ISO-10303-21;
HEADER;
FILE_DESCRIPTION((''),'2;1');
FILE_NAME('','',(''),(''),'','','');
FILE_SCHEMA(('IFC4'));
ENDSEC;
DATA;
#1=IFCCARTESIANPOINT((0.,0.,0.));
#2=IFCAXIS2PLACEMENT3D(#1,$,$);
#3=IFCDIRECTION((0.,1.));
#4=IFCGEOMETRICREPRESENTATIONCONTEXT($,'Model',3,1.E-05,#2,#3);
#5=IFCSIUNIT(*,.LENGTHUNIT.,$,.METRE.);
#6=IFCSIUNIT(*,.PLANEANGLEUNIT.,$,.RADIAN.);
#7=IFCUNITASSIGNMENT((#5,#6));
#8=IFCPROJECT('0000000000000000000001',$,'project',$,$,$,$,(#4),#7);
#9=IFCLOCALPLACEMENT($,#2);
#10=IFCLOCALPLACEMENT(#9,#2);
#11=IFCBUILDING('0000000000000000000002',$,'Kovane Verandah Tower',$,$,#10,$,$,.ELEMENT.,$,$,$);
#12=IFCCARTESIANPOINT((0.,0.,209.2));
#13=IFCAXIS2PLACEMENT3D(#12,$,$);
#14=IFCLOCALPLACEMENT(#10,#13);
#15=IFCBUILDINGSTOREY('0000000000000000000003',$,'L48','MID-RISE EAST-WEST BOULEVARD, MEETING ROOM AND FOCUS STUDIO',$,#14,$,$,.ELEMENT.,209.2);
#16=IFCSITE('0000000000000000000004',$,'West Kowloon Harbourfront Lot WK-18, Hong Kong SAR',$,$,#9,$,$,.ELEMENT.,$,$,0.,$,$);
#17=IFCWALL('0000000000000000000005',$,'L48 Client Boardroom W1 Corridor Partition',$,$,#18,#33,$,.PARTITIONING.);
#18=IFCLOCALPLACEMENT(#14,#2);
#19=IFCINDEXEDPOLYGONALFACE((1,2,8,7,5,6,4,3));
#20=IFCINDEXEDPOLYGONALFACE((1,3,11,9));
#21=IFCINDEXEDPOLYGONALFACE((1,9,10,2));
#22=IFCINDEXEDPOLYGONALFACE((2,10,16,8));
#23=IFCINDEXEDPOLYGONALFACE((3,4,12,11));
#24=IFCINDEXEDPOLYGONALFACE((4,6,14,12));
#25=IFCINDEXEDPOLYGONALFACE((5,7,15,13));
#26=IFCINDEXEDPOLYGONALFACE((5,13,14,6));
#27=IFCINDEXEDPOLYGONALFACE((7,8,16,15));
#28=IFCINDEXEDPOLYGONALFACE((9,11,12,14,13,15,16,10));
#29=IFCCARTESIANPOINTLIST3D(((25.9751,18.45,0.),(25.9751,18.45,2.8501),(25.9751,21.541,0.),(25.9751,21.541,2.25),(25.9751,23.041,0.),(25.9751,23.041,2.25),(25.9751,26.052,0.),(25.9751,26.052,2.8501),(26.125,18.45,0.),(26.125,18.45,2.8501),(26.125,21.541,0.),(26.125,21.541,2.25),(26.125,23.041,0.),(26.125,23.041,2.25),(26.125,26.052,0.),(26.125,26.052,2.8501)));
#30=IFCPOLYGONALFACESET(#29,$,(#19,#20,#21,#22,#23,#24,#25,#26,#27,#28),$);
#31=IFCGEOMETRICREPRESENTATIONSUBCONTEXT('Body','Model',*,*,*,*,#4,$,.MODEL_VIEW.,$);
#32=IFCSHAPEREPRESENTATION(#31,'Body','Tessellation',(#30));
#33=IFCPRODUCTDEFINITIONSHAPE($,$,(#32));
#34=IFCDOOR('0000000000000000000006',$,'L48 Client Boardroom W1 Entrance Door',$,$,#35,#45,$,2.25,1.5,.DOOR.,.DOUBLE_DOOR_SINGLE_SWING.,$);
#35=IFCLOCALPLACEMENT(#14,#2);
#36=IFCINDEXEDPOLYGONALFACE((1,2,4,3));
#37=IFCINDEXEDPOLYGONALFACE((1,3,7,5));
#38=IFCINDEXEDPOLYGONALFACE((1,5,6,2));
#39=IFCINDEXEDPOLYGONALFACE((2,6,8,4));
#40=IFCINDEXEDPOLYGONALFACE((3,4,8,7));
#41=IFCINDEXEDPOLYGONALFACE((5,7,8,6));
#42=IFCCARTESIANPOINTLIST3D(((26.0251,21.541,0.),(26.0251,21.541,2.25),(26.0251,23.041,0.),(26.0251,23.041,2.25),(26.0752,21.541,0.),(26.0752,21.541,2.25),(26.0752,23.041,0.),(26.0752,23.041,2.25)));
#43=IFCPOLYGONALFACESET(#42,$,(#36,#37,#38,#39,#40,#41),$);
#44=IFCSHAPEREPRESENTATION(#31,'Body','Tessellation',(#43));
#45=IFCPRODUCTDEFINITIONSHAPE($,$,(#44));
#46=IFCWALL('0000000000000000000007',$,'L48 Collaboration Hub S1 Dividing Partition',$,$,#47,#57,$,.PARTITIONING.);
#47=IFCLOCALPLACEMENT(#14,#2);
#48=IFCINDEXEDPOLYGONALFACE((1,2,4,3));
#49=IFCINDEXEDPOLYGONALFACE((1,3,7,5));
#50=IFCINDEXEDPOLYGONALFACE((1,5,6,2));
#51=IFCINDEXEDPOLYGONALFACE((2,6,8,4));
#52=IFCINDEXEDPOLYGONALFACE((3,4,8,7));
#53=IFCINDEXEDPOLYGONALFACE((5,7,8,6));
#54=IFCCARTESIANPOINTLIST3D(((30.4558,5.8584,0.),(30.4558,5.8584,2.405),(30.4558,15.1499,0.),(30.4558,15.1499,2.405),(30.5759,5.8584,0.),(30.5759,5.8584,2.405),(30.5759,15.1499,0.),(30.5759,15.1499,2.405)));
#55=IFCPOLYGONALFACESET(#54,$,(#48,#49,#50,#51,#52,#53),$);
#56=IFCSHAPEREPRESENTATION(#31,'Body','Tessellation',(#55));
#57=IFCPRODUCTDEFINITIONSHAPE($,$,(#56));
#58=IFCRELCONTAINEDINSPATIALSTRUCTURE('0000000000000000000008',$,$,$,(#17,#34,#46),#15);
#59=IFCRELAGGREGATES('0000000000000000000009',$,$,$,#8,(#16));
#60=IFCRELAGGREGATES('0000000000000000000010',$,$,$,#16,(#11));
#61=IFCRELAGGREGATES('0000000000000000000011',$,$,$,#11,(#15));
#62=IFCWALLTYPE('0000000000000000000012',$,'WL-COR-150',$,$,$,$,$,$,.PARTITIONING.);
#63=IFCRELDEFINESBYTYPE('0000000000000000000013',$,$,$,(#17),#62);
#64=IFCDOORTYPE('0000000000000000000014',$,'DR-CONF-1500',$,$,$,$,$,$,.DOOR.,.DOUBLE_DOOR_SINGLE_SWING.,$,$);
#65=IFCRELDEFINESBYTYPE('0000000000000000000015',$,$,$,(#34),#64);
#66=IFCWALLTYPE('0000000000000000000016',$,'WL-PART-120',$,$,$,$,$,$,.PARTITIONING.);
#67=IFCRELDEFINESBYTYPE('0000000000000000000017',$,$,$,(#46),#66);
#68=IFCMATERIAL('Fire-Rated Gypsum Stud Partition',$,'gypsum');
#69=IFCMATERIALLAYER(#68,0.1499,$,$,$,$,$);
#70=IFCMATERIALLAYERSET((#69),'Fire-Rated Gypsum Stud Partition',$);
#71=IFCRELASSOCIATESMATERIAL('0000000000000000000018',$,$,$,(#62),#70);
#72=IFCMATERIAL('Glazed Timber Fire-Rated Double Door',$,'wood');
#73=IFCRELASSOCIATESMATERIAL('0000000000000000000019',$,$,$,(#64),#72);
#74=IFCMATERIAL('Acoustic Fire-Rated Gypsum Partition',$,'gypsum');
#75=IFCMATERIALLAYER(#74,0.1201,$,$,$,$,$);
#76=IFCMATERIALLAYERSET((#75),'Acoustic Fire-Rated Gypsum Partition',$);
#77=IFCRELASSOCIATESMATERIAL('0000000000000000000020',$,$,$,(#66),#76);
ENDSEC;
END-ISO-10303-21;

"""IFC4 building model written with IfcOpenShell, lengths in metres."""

from ifc_helpers import new_model, si_unit, direction, frame, frame_2d, origin, place, context, subcontext, project, spatial, rectangle, extrude, material, layer, layer_set, type_object, element, fill, save


model = new_model("IFC4")

# Units and contexts
model_context = context("Model", 3, precision=1e-05, world=origin(), true_north=direction((0.0, 1.0)))
body_context = subcontext(model_context, "Body", "Model", "MODEL_VIEW")
ifc_project = project(units=[si_unit("LENGTHUNIT", "METRE"), si_unit("PLANEANGLEUNIT", "RADIAN")], contexts=[model_context])

# Site, building, storey
site_placement = place(None, origin())
site = spatial("IfcSite", under=ifc_project, at=site_placement, Name="West Kowloon Harbourfront Lot WK-18, Hong Kong SAR", CompositionType="ELEMENT", RefElevation=0.0)
building_placement = place(site_placement, origin())
building = spatial("IfcBuilding", under=site, at=building_placement, Name="Kovane Verandah Tower", CompositionType="ELEMENT")
storey_placement = place(building_placement, frame((0.0, 0.0, 209.2)))
storey = spatial("IfcBuildingStorey", under=building, at=storey_placement, Name="L48", Description="MID-RISE EAST-WEST BOULEVARD, MEETING ROOM AND FOCUS STUDIO", CompositionType="ELEMENT", Elevation=209.2)

# Wall, opening, door
ifc_material_1 = material(Name="Fire-Rated Gypsum Stud Partition", Category="gypsum")
ifc_layer_1 = layer(ifc_material_1, 0.1499)
ifc_layer_set_1 = layer_set([ifc_layer_1], Name="Fire-Rated Gypsum Stud Partition")
wall_type_1 = type_object("IfcWallType", Name="WL-COR-150", PredefinedType="PARTITIONING", material=ifc_layer_set_1)
wall_1_placement = place(storey_placement, frame((26.05, 18.45, 0.0), z_axis=(0.0, 0.0, 1.0), x_axis=(0.0, 1.0, 0.0)))
wall_1 = element("IfcWall", 1, at=wall_1_placement, inside=storey, type_object=wall_type_1, Name="L48 Client Boardroom W1 Corridor Partition", PredefinedType="PARTITIONING", context=body_context, shape_type="SweptSolid", body=[
    extrude(rectangle(XDim=7.6021, YDim=0.1499, at=frame_2d((3.801, 0.0))), origin(), (0.0, 0.0, 1.0), 2.8501),
])
opening_1_placement = place(wall_1_placement, frame((3.0911, 0.0, 0.0)))
opening_1 = element("IfcOpeningElement", 2, at=opening_1_placement, cuts=wall_1, PredefinedType="OPENING", context=body_context, shape_type="SweptSolid", body=[
    extrude(rectangle(XDim=1.5, YDim=2.25, at=frame_2d((0.75, 1.125))), frame((0.0, 0.075, 0.0), z_axis=(0.0, -1.0, 0.0), x_axis=(1.0, 0.0, 0.0)), (0.0, 0.0, 1.0), 0.1499),
])
ifc_material_2 = material(Name="Glazed Timber Fire-Rated Double Door", Category="wood")
door_type_1 = type_object("IfcDoorType", Name="DR-CONF-1500", OperationType="DOUBLE_DOOR_SINGLE_SWING", PredefinedType="DOOR", material=ifc_material_2)
door_1_placement = place(opening_1_placement, origin())
door_1 = element("IfcDoor", 3, at=door_1_placement, inside=storey, type_object=door_type_1, Name="L48 Client Boardroom W1 Entrance Door", OperationType="DOUBLE_DOOR_SINGLE_SWING", OverallHeight=2.25, OverallWidth=1.5, PredefinedType="DOOR", context=body_context, shape_type="SweptSolid", body=[
    extrude(rectangle(XDim=1.5, YDim=2.25, at=frame_2d((0.75, 1.125))), frame((0.0, 0.0249, 0.0), z_axis=(0.0, -1.0, 0.0), x_axis=(1.0, 0.0, 0.0)), (0.0, 0.0, 1.0), 0.05),
])
fill(opening_1, door_1)

# Wall
ifc_material_3 = material(Name="Acoustic Fire-Rated Gypsum Partition", Category="gypsum")
ifc_layer_2 = layer(ifc_material_3, 0.1201)
ifc_layer_set_2 = layer_set([ifc_layer_2], Name="Acoustic Fire-Rated Gypsum Partition")
wall_type_2 = type_object("IfcWallType", Name="WL-PART-120", PredefinedType="PARTITIONING", material=ifc_layer_set_2)
wall_2_placement = place(storey_placement, frame((30.5159, 5.8584, 0.0), z_axis=(0.0, 0.0, 1.0), x_axis=(0.0, 1.0, 0.0)))
element("IfcWall", 4, at=wall_2_placement, inside=storey, type_object=wall_type_2, Name="L48 Collaboration Hub S1 Dividing Partition", PredefinedType="PARTITIONING", context=body_context, shape_type="SweptSolid", body=[
    extrude(rectangle(XDim=9.2915, YDim=0.1201, at=frame_2d((4.6458, 0.0))), origin(), (0.0, 0.0, 1.0), 2.405),
])

save(model, "model.ifc")
